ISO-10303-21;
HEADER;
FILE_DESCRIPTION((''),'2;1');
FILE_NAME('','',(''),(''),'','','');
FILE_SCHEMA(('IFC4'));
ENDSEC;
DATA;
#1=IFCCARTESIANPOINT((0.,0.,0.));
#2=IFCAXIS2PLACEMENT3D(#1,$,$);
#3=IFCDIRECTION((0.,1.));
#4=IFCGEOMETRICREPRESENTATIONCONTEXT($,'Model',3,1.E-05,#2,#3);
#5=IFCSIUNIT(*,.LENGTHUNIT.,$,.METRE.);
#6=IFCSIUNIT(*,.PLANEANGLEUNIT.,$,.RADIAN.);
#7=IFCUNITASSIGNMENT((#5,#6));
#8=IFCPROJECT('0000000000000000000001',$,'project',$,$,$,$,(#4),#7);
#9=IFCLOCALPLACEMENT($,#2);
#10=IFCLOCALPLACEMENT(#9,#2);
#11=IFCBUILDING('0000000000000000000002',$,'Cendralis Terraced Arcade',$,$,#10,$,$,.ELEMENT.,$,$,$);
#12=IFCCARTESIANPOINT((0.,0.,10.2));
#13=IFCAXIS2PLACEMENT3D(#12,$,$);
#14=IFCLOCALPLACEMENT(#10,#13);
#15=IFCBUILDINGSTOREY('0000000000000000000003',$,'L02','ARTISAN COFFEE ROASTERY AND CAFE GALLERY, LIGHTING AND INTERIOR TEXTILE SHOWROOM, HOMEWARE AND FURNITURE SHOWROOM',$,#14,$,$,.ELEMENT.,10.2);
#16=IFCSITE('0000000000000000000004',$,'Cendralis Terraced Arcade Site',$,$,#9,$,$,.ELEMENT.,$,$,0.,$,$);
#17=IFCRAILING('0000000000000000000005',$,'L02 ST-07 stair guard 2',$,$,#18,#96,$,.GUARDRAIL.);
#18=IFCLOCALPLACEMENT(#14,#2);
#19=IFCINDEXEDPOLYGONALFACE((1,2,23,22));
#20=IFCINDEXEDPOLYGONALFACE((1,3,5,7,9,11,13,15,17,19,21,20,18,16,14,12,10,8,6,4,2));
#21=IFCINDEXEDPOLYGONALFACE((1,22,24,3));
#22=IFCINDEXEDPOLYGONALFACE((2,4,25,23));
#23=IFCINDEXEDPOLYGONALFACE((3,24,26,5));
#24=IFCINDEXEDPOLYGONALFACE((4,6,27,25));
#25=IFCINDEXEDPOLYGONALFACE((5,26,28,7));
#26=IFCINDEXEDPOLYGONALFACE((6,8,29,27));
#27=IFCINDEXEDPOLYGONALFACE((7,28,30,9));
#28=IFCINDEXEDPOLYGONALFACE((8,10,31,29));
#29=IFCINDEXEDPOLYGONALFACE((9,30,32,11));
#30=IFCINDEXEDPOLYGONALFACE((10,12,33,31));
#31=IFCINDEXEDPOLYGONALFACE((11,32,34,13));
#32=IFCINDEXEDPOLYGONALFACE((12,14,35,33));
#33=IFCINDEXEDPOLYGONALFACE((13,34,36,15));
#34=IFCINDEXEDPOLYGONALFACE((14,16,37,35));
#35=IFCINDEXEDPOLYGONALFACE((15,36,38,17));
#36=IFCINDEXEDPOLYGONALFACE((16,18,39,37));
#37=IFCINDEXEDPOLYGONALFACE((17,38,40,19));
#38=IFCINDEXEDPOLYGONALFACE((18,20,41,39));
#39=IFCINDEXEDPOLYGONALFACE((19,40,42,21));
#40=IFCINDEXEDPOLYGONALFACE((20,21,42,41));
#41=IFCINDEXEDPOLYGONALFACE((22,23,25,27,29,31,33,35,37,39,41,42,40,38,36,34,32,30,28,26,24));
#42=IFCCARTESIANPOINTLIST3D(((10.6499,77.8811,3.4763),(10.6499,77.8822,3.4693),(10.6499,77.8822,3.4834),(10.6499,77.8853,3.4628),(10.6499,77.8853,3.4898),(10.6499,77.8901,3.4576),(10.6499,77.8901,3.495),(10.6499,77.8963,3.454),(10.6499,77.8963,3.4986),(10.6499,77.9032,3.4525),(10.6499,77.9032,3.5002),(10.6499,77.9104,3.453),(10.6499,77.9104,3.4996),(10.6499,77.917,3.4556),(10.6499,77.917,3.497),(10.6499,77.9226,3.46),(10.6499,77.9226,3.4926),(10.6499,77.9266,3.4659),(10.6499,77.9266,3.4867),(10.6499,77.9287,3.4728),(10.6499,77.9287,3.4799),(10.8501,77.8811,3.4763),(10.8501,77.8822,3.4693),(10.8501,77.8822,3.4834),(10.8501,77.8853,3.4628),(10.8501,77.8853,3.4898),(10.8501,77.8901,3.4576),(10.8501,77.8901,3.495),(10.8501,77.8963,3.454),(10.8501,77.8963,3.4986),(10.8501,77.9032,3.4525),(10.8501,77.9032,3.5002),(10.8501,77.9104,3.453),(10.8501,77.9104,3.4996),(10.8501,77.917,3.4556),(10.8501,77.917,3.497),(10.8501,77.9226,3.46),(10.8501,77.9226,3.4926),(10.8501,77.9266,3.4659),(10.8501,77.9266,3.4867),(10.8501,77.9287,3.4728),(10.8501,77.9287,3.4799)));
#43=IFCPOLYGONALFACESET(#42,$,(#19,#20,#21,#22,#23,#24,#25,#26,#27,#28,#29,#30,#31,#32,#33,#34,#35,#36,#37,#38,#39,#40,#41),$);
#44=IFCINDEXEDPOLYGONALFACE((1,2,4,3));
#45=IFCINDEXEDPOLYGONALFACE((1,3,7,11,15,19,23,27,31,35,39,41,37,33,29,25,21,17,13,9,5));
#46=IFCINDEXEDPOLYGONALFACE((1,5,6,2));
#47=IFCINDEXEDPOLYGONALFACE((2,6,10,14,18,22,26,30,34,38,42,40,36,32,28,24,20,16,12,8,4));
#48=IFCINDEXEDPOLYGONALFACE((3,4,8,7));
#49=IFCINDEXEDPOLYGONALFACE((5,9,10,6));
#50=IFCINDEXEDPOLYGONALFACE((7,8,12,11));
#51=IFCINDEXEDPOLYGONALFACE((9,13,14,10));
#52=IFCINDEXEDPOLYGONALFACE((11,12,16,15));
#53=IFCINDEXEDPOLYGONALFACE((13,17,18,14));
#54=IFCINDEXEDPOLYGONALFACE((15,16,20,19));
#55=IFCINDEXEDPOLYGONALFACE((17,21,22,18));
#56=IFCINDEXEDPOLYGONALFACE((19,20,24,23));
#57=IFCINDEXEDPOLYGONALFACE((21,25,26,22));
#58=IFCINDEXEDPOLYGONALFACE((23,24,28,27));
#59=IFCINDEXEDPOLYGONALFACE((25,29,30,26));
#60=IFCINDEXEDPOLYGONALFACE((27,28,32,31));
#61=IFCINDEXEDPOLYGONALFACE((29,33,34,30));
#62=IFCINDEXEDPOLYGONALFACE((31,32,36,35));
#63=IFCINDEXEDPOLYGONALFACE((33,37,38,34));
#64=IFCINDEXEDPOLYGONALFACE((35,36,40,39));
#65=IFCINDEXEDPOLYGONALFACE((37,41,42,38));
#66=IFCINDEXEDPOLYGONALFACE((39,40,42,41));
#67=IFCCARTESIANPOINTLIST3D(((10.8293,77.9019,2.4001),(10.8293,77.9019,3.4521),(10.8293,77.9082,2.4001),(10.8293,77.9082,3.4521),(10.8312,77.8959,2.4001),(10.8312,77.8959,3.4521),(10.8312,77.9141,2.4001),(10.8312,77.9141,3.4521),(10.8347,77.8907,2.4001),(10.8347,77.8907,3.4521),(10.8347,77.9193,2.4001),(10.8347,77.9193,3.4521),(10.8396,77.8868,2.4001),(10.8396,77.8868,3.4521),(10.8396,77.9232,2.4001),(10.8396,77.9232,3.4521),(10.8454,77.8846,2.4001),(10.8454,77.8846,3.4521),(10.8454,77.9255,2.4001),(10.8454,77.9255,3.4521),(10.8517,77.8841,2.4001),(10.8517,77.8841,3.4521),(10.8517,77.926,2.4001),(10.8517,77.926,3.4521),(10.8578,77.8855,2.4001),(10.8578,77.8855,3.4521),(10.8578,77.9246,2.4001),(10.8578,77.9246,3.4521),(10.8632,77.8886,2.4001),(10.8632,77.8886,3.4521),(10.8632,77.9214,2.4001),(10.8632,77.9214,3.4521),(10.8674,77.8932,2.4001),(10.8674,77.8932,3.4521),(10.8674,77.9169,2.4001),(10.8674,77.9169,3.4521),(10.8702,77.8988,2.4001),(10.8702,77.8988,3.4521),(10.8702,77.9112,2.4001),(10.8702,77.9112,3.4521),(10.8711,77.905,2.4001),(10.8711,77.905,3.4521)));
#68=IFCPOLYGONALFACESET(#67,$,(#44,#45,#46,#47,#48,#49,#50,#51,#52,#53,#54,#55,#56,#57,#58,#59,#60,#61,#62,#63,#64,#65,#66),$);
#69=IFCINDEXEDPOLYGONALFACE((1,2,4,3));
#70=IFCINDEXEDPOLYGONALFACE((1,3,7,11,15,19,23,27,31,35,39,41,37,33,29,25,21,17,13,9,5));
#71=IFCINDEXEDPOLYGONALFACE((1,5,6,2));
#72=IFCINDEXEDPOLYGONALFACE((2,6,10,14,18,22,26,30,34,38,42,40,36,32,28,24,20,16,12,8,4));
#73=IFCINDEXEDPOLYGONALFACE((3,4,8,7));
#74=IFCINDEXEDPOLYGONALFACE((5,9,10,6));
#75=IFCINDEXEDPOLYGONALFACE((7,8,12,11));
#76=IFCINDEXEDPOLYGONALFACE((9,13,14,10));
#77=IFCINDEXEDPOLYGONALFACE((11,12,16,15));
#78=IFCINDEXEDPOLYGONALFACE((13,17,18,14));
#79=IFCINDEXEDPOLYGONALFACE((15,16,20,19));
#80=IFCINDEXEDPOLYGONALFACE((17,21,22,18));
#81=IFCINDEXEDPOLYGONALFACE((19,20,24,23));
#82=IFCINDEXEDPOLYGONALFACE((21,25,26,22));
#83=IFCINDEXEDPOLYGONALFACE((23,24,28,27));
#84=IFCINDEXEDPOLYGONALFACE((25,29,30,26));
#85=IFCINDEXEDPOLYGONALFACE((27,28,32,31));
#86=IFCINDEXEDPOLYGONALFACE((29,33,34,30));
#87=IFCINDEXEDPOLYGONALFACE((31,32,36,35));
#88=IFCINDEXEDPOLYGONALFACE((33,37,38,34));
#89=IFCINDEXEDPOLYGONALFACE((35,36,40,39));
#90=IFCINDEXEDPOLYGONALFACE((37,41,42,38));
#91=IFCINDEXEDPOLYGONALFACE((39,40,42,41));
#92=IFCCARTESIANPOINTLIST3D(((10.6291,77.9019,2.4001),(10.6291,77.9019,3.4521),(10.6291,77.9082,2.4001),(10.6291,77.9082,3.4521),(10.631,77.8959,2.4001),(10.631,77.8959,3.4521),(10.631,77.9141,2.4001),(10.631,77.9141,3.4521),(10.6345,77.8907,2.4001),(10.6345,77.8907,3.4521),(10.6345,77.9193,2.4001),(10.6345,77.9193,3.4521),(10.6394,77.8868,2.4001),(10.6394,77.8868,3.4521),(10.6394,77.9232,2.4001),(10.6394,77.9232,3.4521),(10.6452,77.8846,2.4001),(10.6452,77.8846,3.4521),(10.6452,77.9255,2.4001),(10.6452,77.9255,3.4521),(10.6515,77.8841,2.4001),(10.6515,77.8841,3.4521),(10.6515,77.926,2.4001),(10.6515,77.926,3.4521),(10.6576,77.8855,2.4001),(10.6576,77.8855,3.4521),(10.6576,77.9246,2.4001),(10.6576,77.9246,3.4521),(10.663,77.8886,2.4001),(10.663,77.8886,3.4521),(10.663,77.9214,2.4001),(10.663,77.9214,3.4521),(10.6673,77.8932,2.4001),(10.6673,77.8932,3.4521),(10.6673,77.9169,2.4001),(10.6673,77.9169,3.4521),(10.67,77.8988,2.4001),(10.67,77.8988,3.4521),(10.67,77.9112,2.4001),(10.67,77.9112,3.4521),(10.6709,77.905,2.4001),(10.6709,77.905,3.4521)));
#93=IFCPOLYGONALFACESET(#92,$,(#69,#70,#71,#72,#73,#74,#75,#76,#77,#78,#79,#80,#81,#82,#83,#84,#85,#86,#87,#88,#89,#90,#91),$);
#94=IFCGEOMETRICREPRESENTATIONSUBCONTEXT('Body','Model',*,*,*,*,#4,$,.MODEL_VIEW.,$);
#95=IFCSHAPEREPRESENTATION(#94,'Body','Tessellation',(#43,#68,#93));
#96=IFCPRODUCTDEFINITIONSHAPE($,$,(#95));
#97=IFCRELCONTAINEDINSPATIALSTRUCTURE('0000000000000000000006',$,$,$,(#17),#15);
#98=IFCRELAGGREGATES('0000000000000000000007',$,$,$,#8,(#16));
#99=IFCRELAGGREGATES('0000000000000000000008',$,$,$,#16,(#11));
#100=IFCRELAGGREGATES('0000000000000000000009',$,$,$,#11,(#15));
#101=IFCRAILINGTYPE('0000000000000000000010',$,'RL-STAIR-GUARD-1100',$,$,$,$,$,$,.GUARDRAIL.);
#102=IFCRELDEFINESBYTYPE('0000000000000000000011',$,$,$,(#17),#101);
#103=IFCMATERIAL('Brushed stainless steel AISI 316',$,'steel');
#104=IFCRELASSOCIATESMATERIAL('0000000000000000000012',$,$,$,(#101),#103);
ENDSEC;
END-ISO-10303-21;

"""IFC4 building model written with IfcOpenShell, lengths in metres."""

from ifc_helpers import new_model, si_unit, direction, frame, origin, origin_2d, place, context, subcontext, project, spatial, circle, extrude, material, type_object, element, save


model = new_model("IFC4")

# Units and contexts
model_context = context("Model", 3, precision=1e-05, world=origin(), true_north=direction((0.0, 1.0)))
body_context = subcontext(model_context, "Body", "Model", "MODEL_VIEW")
ifc_project = project(units=[si_unit("LENGTHUNIT", "METRE"), si_unit("PLANEANGLEUNIT", "RADIAN")], contexts=[model_context])

# Site, building, storey
site_placement = place(None, origin())
site = spatial("IfcSite", under=ifc_project, at=site_placement, Name="Cendralis Terraced Arcade Site", CompositionType="ELEMENT", RefElevation=0.0)
building_placement = place(site_placement, origin())
building = spatial("IfcBuilding", under=site, at=building_placement, Name="Cendralis Terraced Arcade", CompositionType="ELEMENT")
storey_placement = place(building_placement, frame((0.0, 0.0, 10.2)))
storey = spatial("IfcBuildingStorey", under=building, at=storey_placement, Name="L02", Description="ARTISAN COFFEE ROASTERY AND CAFE GALLERY, LIGHTING AND INTERIOR TEXTILE SHOWROOM, HOMEWARE AND FURNITURE SHOWROOM", CompositionType="ELEMENT", Elevation=10.2)

# Railing
ifc_material_1 = material(Name="Brushed stainless steel AISI 316", Category="steel")
railing_type_1 = type_object("IfcRailingType", Name="RL-STAIR-GUARD-1100", PredefinedType="GUARDRAIL", material=ifc_material_1)
railing_1_placement = place(storey_placement, frame((10.8501, 77.905, 2.4001)))
element("IfcRailing", 1, at=railing_1_placement, inside=storey, type_object=railing_type_1, Name="L02 ST-07 stair guard 2", PredefinedType="GUARDRAIL", context=body_context, shape_type="SweptSolid", body=[
    extrude(circle(Radius=0.0239, at=origin_2d()), frame((0.0, 0.0, 1.0762), z_axis=(-1.0, 0.0, 0.0), x_axis=(0.0, -1.0, 0.0)), (0.0, 0.0, 1.0), 0.2002),
    extrude(circle(Radius=0.021, at=origin_2d()), origin(), (0.0, 0.0, 1.0), 1.052),
    extrude(circle(Radius=0.021, at=origin_2d()), frame((-0.2002, 0.0, 0.0)), (0.0, 0.0, 1.0), 1.052),
])

save(model, "model.ifc")
